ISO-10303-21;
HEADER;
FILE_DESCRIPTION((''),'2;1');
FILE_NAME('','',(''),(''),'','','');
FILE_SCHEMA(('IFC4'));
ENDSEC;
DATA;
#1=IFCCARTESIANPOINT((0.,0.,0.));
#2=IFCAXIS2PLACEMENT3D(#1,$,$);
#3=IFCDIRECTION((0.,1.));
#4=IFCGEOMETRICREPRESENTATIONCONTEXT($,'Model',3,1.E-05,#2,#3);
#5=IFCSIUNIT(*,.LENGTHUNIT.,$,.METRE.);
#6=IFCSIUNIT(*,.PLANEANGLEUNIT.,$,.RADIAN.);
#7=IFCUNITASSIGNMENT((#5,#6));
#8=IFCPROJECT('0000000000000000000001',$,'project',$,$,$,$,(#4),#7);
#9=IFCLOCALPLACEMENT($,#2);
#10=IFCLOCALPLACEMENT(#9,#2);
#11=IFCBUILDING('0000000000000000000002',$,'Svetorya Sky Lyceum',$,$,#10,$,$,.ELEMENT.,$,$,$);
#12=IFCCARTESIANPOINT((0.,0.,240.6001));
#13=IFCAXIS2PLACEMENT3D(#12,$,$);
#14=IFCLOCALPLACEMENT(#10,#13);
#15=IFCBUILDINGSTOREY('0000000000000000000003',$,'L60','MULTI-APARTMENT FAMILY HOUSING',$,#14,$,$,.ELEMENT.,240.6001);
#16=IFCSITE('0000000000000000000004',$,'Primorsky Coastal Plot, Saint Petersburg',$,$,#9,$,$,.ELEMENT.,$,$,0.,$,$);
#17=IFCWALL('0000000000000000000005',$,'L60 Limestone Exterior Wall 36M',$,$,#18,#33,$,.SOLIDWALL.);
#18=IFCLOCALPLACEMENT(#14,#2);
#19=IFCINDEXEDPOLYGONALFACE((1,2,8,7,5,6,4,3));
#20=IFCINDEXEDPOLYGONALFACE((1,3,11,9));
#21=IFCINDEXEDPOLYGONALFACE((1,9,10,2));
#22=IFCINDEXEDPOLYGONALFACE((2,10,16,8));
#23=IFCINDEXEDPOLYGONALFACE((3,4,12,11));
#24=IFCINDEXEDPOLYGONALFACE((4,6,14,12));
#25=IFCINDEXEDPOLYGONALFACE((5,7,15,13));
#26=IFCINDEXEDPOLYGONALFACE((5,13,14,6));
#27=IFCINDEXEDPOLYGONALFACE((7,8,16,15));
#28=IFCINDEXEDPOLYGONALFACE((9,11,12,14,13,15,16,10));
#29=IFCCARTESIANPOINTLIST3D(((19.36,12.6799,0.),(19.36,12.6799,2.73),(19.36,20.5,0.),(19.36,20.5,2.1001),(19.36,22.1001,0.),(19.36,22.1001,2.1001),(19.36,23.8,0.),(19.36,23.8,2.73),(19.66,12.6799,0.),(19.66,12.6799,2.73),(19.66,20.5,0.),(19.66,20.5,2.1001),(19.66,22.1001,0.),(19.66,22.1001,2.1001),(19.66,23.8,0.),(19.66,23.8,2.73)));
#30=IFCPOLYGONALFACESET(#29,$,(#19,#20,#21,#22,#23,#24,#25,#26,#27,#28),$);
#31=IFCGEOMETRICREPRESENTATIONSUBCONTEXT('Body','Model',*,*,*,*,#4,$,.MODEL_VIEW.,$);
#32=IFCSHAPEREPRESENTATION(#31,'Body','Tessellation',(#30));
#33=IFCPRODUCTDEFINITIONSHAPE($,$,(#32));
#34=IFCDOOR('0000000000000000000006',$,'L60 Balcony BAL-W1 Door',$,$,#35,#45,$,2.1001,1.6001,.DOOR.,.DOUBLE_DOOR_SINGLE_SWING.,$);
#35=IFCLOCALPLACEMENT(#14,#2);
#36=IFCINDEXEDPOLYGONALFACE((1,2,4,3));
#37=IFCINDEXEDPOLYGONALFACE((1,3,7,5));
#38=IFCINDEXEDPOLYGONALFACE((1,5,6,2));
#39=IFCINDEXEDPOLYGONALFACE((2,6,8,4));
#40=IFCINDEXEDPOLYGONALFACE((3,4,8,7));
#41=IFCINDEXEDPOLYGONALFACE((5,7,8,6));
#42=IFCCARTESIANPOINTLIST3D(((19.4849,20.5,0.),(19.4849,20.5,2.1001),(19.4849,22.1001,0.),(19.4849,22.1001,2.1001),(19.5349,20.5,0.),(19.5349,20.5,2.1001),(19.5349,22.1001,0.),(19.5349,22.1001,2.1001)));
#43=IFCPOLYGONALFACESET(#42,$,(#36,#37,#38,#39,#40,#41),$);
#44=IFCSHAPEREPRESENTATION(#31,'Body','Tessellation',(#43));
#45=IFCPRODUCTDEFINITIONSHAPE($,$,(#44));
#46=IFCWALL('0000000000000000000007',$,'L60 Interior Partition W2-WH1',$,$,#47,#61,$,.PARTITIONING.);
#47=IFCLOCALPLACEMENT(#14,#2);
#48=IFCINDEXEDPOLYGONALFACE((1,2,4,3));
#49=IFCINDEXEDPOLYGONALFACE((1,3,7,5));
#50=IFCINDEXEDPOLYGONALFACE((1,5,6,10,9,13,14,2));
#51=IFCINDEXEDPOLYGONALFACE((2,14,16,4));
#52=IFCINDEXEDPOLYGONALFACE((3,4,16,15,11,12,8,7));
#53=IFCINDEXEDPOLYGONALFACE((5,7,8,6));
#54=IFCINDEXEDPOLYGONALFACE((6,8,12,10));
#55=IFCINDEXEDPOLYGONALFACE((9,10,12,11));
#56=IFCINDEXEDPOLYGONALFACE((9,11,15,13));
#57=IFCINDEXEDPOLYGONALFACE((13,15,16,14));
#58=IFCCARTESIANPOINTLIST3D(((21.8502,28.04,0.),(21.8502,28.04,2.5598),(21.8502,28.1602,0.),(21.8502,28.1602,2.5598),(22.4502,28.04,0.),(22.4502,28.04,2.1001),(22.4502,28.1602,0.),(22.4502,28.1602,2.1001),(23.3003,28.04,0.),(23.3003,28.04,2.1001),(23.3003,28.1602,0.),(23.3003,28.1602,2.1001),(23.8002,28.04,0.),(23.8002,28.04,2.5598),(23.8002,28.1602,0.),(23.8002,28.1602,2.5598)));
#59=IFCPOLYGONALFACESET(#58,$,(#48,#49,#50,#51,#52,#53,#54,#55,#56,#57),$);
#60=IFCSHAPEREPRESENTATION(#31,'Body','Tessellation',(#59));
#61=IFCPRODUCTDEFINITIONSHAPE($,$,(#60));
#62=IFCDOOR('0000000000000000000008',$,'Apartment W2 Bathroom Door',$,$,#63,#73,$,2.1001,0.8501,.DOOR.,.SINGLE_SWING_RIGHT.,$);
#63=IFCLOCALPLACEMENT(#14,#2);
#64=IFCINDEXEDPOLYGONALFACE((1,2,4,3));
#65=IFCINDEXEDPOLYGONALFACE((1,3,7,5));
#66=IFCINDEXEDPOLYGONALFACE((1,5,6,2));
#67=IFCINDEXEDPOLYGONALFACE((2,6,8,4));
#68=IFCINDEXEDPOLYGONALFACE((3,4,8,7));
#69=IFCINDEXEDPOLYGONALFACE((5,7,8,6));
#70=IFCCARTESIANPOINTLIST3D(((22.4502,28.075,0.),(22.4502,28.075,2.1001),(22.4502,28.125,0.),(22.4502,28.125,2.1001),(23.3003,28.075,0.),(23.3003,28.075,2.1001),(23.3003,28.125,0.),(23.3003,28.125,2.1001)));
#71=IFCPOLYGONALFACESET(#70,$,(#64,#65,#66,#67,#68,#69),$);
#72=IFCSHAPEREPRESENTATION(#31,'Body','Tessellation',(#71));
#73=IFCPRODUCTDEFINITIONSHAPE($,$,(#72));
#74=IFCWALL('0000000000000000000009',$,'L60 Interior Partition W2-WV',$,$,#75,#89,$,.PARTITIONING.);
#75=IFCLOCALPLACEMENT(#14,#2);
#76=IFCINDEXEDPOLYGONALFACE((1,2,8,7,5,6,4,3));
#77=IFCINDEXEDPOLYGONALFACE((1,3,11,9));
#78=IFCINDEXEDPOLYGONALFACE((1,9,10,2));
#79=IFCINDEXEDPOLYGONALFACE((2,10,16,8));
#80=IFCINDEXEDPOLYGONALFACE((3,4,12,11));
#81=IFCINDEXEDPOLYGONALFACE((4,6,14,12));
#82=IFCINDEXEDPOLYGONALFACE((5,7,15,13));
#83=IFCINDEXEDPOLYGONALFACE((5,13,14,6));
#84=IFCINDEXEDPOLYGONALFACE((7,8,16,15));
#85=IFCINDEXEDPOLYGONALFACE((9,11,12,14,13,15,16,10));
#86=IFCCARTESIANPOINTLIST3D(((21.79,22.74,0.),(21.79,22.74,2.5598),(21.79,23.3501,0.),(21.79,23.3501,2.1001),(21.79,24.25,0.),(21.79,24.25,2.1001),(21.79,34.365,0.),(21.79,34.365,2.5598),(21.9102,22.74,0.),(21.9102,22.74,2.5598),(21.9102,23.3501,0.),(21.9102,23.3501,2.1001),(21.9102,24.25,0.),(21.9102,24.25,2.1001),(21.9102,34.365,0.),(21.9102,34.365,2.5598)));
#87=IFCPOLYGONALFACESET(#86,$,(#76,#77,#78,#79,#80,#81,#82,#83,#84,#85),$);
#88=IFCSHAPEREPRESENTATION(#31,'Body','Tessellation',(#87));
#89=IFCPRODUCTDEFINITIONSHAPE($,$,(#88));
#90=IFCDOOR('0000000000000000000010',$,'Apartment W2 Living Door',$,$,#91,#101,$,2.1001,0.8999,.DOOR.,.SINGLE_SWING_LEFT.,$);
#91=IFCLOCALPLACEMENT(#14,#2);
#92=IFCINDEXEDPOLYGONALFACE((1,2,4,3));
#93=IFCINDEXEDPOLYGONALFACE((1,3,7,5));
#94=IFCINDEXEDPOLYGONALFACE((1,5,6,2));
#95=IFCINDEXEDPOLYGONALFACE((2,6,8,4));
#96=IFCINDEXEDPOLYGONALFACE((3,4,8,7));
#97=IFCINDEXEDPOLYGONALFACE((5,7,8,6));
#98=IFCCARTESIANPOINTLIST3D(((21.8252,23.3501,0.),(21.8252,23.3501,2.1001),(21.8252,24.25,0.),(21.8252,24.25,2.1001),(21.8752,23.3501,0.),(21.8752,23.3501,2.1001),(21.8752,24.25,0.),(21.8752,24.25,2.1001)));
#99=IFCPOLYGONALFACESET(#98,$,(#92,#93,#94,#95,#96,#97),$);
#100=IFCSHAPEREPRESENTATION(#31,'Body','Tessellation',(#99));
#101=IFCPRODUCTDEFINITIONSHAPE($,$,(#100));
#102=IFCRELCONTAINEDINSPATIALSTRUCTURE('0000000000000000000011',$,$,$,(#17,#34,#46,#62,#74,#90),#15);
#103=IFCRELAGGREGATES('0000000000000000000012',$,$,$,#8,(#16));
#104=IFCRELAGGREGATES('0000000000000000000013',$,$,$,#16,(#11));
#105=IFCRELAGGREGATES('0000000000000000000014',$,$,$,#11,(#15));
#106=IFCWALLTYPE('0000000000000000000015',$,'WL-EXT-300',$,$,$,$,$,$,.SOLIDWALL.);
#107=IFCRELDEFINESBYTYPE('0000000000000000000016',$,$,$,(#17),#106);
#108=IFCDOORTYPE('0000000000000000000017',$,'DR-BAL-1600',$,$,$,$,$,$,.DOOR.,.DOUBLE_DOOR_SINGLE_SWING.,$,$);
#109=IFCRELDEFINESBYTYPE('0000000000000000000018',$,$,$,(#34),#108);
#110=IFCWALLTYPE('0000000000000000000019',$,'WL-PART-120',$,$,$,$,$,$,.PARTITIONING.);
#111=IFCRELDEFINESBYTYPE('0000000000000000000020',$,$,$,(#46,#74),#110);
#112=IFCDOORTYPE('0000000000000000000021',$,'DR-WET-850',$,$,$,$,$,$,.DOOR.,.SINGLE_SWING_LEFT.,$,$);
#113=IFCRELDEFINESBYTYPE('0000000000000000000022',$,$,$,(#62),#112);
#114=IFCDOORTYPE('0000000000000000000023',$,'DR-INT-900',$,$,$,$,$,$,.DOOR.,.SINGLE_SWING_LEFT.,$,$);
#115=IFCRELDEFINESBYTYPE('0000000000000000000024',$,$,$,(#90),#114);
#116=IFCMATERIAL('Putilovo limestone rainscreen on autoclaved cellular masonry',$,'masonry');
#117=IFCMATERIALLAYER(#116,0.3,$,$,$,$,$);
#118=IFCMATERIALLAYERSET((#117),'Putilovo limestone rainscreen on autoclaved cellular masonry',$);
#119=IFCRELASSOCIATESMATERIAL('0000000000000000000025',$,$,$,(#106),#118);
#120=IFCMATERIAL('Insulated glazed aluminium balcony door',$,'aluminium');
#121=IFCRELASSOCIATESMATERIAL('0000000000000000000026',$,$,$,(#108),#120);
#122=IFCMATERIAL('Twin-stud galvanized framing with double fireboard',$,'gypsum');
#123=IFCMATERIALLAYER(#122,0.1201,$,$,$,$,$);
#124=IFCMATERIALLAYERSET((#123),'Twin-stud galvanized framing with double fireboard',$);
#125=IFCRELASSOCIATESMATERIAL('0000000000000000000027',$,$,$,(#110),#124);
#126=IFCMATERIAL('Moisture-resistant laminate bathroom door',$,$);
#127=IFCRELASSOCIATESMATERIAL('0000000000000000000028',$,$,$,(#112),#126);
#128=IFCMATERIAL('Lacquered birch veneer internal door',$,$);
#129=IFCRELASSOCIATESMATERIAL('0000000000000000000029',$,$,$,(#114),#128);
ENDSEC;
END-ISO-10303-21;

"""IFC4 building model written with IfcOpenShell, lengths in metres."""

from ifc_helpers import new_model, si_unit, direction, frame, frame_2d, origin, place, context, subcontext, project, spatial, rectangle, extrude, material, layer, layer_set, type_object, element, fill, save


model = new_model("IFC4")

# Units and contexts
model_context = context("Model", 3, precision=1e-05, world=origin(), true_north=direction((0.0, 1.0)))
body_context = subcontext(model_context, "Body", "Model", "MODEL_VIEW")
ifc_project = project(units=[si_unit("LENGTHUNIT", "METRE"), si_unit("PLANEANGLEUNIT", "RADIAN")], contexts=[model_context])

# Site, building, storey
site_placement = place(None, origin())
site = spatial("IfcSite", under=ifc_project, at=site_placement, Name="Primorsky Coastal Plot, Saint Petersburg", CompositionType="ELEMENT", RefElevation=0.0)
building_placement = place(site_placement, origin())
building = spatial("IfcBuilding", under=site, at=building_placement, Name="Svetorya Sky Lyceum", CompositionType="ELEMENT")
storey_placement = place(building_placement, frame((0.0, 0.0, 240.6001)))
storey = spatial("IfcBuildingStorey", under=building, at=storey_placement, Name="L60", Description="MULTI-APARTMENT FAMILY HOUSING", CompositionType="ELEMENT", Elevation=240.6001)

# Shared definitions
ifc_material_1 = material(Name="Putilovo limestone rainscreen on autoclaved cellular masonry", Category="masonry")
ifc_layer_1 = layer(ifc_material_1, 0.3)
ifc_layer_set_1 = layer_set([ifc_layer_1], Name="Putilovo limestone rainscreen on autoclaved cellular masonry")
wall_type_1 = type_object("IfcWallType", Name="WL-EXT-300", PredefinedType="SOLIDWALL", material=ifc_layer_set_1)

# Walls, openings, doors
wall_1_placement = place(storey_placement, frame((19.51, 23.8, 0.0), z_axis=(0.0, 0.0, 1.0), x_axis=(0.0, -1.0, 0.0)))
wall_1 = element("IfcWall", 1, at=wall_1_placement, inside=storey, type_object=wall_type_1, Name="L60 Limestone Exterior Wall 36M", PredefinedType="SOLIDWALL", context=body_context, shape_type="SweptSolid", body=[
    extrude(rectangle(XDim=11.1201, YDim=0.3, at=frame_2d((5.5601, 0.0))), origin(), (0.0, 0.0, 1.0), 2.73),
])
opening_1_placement = place(wall_1_placement, frame((1.7, 0.0, 0.0)))
opening_1 = element("IfcOpeningElement", 2, at=opening_1_placement, cuts=wall_1, PredefinedType="OPENING", context=body_context, shape_type="SweptSolid", body=[
    extrude(rectangle(XDim=1.6001, YDim=2.1001, at=frame_2d((0.8, 1.05))), frame((0.0, 0.1599, 0.0), z_axis=(0.0, -1.0, 0.0), x_axis=(1.0, 0.0, 0.0)), (0.0, 0.0, 1.0), 0.3201),
])
ifc_material_2 = material(Name="Insulated glazed aluminium balcony door", Category="aluminium")
door_type_1 = type_object("IfcDoorType", Name="DR-BAL-1600", OperationType="DOUBLE_DOOR_SINGLE_SWING", PredefinedType="DOOR", material=ifc_material_2)
door_1_placement = place(opening_1_placement, origin())
door_1 = element("IfcDoor", 3, at=door_1_placement, inside=storey, type_object=door_type_1, Name="L60 Balcony BAL-W1 Door", OperationType="DOUBLE_DOOR_SINGLE_SWING", OverallHeight=2.1001, OverallWidth=1.6001, PredefinedType="DOOR", context=body_context, shape_type="SweptSolid", body=[
    extrude(rectangle(XDim=1.6001, YDim=2.1001, at=frame_2d((0.8, 1.05))), frame((0.0, 0.0249, 0.0), z_axis=(0.0, -1.0, 0.0), x_axis=(1.0, 0.0, 0.0)), (0.0, 0.0, 1.0), 0.05),
])
fill(opening_1, door_1)
ifc_material_3 = material(Name="Twin-stud galvanized framing with double fireboard", Category="gypsum")
ifc_layer_2 = layer(ifc_material_3, 0.1201)
ifc_layer_set_2 = layer_set([ifc_layer_2], Name="Twin-stud galvanized framing with double fireboard")
wall_type_2 = type_object("IfcWallType", Name="WL-PART-120", PredefinedType="PARTITIONING", material=ifc_layer_set_2)
wall_2_placement = place(storey_placement, frame((21.8501, 28.1001, 0.0), z_axis=(0.0, 0.0, 1.0), x_axis=(1.0, 0.0, 0.0)))
wall_2 = element("IfcWall", 4, at=wall_2_placement, inside=storey, type_object=wall_type_2, Name="L60 Interior Partition W2-WH1", PredefinedType="PARTITIONING", context=body_context, shape_type="SweptSolid", body=[
    extrude(rectangle(XDim=1.95, YDim=0.1201, at=frame_2d((0.9751, 0.0))), origin(), (0.0, 0.0, 1.0), 2.5598),
])
opening_2_placement = place(wall_2_placement, frame((0.6001, 0.0, 0.0)))
opening_2 = element("IfcOpeningElement", 5, at=opening_2_placement, cuts=wall_2, PredefinedType="OPENING", context=body_context, shape_type="SweptSolid", body=[
    extrude(rectangle(XDim=0.8501, YDim=2.1001, at=frame_2d((0.425, 1.05))), frame((0.0, 0.0701, 0.0), z_axis=(0.0, -1.0, 0.0), x_axis=(1.0, 0.0, 0.0)), (0.0, 0.0, 1.0), 0.1401),
])
ifc_material_4 = material(Name="Moisture-resistant laminate bathroom door")
door_type_2 = type_object("IfcDoorType", Name="DR-WET-850", OperationType="SINGLE_SWING_LEFT", PredefinedType="DOOR", material=ifc_material_4)
door_2_placement = place(opening_2_placement, origin())
door_2 = element("IfcDoor", 6, at=door_2_placement, inside=storey, type_object=door_type_2, Name="Apartment W2 Bathroom Door", OperationType="SINGLE_SWING_RIGHT", OverallHeight=2.1001, OverallWidth=0.8501, PredefinedType="DOOR", context=body_context, shape_type="SweptSolid", body=[
    extrude(rectangle(XDim=0.8501, YDim=2.1001, at=frame_2d((0.425, 1.05))), frame((0.0, 0.0249, 0.0), z_axis=(0.0, -1.0, 0.0), x_axis=(1.0, 0.0, 0.0)), (0.0, 0.0, 1.0), 0.05),
])
fill(opening_2, door_2)
wall_3_placement = place(storey_placement, frame((21.8501, 22.74, 0.0), z_axis=(0.0, 0.0, 1.0), x_axis=(0.0, 1.0, 0.0)))
wall_3 = element("IfcWall", 7, at=wall_3_placement, inside=storey, type_object=wall_type_2, Name="L60 Interior Partition W2-WV", PredefinedType="PARTITIONING", context=body_context, shape_type="SweptSolid", body=[
    extrude(rectangle(XDim=11.625, YDim=0.1201, at=frame_2d((5.8125, 0.0))), origin(), (0.0, 0.0, 1.0), 2.5598),
])
opening_3_placement = place(wall_3_placement, frame((0.6101, 0.0, 0.0)))
opening_3 = element("IfcOpeningElement", 8, at=opening_3_placement, cuts=wall_3, PredefinedType="OPENING", context=body_context, shape_type="SweptSolid", body=[
    extrude(rectangle(XDim=0.8999, YDim=2.1001, at=frame_2d((0.45, 1.05))), frame((0.0, 0.0701, 0.0), z_axis=(0.0, -1.0, 0.0), x_axis=(1.0, 0.0, 0.0)), (0.0, 0.0, 1.0), 0.1401),
])
ifc_material_5 = material(Name="Lacquered birch veneer internal door")
door_type_3 = type_object("IfcDoorType", Name="DR-INT-900", OperationType="SINGLE_SWING_LEFT", PredefinedType="DOOR", material=ifc_material_5)
door_3_placement = place(opening_3_placement, origin())
door_3 = element("IfcDoor", 9, at=door_3_placement, inside=storey, type_object=door_type_3, Name="Apartment W2 Living Door", OperationType="SINGLE_SWING_LEFT", OverallHeight=2.1001, OverallWidth=0.8999, PredefinedType="DOOR", context=body_context, shape_type="SweptSolid", body=[
    extrude(rectangle(XDim=0.8999, YDim=2.1001, at=frame_2d((0.45, 1.05))), frame((0.0, 0.0249, 0.0), z_axis=(0.0, -1.0, 0.0), x_axis=(1.0, 0.0, 0.0)), (0.0, 0.0, 1.0), 0.05),
])
fill(opening_3, door_3)

save(model, "model.ifc")
